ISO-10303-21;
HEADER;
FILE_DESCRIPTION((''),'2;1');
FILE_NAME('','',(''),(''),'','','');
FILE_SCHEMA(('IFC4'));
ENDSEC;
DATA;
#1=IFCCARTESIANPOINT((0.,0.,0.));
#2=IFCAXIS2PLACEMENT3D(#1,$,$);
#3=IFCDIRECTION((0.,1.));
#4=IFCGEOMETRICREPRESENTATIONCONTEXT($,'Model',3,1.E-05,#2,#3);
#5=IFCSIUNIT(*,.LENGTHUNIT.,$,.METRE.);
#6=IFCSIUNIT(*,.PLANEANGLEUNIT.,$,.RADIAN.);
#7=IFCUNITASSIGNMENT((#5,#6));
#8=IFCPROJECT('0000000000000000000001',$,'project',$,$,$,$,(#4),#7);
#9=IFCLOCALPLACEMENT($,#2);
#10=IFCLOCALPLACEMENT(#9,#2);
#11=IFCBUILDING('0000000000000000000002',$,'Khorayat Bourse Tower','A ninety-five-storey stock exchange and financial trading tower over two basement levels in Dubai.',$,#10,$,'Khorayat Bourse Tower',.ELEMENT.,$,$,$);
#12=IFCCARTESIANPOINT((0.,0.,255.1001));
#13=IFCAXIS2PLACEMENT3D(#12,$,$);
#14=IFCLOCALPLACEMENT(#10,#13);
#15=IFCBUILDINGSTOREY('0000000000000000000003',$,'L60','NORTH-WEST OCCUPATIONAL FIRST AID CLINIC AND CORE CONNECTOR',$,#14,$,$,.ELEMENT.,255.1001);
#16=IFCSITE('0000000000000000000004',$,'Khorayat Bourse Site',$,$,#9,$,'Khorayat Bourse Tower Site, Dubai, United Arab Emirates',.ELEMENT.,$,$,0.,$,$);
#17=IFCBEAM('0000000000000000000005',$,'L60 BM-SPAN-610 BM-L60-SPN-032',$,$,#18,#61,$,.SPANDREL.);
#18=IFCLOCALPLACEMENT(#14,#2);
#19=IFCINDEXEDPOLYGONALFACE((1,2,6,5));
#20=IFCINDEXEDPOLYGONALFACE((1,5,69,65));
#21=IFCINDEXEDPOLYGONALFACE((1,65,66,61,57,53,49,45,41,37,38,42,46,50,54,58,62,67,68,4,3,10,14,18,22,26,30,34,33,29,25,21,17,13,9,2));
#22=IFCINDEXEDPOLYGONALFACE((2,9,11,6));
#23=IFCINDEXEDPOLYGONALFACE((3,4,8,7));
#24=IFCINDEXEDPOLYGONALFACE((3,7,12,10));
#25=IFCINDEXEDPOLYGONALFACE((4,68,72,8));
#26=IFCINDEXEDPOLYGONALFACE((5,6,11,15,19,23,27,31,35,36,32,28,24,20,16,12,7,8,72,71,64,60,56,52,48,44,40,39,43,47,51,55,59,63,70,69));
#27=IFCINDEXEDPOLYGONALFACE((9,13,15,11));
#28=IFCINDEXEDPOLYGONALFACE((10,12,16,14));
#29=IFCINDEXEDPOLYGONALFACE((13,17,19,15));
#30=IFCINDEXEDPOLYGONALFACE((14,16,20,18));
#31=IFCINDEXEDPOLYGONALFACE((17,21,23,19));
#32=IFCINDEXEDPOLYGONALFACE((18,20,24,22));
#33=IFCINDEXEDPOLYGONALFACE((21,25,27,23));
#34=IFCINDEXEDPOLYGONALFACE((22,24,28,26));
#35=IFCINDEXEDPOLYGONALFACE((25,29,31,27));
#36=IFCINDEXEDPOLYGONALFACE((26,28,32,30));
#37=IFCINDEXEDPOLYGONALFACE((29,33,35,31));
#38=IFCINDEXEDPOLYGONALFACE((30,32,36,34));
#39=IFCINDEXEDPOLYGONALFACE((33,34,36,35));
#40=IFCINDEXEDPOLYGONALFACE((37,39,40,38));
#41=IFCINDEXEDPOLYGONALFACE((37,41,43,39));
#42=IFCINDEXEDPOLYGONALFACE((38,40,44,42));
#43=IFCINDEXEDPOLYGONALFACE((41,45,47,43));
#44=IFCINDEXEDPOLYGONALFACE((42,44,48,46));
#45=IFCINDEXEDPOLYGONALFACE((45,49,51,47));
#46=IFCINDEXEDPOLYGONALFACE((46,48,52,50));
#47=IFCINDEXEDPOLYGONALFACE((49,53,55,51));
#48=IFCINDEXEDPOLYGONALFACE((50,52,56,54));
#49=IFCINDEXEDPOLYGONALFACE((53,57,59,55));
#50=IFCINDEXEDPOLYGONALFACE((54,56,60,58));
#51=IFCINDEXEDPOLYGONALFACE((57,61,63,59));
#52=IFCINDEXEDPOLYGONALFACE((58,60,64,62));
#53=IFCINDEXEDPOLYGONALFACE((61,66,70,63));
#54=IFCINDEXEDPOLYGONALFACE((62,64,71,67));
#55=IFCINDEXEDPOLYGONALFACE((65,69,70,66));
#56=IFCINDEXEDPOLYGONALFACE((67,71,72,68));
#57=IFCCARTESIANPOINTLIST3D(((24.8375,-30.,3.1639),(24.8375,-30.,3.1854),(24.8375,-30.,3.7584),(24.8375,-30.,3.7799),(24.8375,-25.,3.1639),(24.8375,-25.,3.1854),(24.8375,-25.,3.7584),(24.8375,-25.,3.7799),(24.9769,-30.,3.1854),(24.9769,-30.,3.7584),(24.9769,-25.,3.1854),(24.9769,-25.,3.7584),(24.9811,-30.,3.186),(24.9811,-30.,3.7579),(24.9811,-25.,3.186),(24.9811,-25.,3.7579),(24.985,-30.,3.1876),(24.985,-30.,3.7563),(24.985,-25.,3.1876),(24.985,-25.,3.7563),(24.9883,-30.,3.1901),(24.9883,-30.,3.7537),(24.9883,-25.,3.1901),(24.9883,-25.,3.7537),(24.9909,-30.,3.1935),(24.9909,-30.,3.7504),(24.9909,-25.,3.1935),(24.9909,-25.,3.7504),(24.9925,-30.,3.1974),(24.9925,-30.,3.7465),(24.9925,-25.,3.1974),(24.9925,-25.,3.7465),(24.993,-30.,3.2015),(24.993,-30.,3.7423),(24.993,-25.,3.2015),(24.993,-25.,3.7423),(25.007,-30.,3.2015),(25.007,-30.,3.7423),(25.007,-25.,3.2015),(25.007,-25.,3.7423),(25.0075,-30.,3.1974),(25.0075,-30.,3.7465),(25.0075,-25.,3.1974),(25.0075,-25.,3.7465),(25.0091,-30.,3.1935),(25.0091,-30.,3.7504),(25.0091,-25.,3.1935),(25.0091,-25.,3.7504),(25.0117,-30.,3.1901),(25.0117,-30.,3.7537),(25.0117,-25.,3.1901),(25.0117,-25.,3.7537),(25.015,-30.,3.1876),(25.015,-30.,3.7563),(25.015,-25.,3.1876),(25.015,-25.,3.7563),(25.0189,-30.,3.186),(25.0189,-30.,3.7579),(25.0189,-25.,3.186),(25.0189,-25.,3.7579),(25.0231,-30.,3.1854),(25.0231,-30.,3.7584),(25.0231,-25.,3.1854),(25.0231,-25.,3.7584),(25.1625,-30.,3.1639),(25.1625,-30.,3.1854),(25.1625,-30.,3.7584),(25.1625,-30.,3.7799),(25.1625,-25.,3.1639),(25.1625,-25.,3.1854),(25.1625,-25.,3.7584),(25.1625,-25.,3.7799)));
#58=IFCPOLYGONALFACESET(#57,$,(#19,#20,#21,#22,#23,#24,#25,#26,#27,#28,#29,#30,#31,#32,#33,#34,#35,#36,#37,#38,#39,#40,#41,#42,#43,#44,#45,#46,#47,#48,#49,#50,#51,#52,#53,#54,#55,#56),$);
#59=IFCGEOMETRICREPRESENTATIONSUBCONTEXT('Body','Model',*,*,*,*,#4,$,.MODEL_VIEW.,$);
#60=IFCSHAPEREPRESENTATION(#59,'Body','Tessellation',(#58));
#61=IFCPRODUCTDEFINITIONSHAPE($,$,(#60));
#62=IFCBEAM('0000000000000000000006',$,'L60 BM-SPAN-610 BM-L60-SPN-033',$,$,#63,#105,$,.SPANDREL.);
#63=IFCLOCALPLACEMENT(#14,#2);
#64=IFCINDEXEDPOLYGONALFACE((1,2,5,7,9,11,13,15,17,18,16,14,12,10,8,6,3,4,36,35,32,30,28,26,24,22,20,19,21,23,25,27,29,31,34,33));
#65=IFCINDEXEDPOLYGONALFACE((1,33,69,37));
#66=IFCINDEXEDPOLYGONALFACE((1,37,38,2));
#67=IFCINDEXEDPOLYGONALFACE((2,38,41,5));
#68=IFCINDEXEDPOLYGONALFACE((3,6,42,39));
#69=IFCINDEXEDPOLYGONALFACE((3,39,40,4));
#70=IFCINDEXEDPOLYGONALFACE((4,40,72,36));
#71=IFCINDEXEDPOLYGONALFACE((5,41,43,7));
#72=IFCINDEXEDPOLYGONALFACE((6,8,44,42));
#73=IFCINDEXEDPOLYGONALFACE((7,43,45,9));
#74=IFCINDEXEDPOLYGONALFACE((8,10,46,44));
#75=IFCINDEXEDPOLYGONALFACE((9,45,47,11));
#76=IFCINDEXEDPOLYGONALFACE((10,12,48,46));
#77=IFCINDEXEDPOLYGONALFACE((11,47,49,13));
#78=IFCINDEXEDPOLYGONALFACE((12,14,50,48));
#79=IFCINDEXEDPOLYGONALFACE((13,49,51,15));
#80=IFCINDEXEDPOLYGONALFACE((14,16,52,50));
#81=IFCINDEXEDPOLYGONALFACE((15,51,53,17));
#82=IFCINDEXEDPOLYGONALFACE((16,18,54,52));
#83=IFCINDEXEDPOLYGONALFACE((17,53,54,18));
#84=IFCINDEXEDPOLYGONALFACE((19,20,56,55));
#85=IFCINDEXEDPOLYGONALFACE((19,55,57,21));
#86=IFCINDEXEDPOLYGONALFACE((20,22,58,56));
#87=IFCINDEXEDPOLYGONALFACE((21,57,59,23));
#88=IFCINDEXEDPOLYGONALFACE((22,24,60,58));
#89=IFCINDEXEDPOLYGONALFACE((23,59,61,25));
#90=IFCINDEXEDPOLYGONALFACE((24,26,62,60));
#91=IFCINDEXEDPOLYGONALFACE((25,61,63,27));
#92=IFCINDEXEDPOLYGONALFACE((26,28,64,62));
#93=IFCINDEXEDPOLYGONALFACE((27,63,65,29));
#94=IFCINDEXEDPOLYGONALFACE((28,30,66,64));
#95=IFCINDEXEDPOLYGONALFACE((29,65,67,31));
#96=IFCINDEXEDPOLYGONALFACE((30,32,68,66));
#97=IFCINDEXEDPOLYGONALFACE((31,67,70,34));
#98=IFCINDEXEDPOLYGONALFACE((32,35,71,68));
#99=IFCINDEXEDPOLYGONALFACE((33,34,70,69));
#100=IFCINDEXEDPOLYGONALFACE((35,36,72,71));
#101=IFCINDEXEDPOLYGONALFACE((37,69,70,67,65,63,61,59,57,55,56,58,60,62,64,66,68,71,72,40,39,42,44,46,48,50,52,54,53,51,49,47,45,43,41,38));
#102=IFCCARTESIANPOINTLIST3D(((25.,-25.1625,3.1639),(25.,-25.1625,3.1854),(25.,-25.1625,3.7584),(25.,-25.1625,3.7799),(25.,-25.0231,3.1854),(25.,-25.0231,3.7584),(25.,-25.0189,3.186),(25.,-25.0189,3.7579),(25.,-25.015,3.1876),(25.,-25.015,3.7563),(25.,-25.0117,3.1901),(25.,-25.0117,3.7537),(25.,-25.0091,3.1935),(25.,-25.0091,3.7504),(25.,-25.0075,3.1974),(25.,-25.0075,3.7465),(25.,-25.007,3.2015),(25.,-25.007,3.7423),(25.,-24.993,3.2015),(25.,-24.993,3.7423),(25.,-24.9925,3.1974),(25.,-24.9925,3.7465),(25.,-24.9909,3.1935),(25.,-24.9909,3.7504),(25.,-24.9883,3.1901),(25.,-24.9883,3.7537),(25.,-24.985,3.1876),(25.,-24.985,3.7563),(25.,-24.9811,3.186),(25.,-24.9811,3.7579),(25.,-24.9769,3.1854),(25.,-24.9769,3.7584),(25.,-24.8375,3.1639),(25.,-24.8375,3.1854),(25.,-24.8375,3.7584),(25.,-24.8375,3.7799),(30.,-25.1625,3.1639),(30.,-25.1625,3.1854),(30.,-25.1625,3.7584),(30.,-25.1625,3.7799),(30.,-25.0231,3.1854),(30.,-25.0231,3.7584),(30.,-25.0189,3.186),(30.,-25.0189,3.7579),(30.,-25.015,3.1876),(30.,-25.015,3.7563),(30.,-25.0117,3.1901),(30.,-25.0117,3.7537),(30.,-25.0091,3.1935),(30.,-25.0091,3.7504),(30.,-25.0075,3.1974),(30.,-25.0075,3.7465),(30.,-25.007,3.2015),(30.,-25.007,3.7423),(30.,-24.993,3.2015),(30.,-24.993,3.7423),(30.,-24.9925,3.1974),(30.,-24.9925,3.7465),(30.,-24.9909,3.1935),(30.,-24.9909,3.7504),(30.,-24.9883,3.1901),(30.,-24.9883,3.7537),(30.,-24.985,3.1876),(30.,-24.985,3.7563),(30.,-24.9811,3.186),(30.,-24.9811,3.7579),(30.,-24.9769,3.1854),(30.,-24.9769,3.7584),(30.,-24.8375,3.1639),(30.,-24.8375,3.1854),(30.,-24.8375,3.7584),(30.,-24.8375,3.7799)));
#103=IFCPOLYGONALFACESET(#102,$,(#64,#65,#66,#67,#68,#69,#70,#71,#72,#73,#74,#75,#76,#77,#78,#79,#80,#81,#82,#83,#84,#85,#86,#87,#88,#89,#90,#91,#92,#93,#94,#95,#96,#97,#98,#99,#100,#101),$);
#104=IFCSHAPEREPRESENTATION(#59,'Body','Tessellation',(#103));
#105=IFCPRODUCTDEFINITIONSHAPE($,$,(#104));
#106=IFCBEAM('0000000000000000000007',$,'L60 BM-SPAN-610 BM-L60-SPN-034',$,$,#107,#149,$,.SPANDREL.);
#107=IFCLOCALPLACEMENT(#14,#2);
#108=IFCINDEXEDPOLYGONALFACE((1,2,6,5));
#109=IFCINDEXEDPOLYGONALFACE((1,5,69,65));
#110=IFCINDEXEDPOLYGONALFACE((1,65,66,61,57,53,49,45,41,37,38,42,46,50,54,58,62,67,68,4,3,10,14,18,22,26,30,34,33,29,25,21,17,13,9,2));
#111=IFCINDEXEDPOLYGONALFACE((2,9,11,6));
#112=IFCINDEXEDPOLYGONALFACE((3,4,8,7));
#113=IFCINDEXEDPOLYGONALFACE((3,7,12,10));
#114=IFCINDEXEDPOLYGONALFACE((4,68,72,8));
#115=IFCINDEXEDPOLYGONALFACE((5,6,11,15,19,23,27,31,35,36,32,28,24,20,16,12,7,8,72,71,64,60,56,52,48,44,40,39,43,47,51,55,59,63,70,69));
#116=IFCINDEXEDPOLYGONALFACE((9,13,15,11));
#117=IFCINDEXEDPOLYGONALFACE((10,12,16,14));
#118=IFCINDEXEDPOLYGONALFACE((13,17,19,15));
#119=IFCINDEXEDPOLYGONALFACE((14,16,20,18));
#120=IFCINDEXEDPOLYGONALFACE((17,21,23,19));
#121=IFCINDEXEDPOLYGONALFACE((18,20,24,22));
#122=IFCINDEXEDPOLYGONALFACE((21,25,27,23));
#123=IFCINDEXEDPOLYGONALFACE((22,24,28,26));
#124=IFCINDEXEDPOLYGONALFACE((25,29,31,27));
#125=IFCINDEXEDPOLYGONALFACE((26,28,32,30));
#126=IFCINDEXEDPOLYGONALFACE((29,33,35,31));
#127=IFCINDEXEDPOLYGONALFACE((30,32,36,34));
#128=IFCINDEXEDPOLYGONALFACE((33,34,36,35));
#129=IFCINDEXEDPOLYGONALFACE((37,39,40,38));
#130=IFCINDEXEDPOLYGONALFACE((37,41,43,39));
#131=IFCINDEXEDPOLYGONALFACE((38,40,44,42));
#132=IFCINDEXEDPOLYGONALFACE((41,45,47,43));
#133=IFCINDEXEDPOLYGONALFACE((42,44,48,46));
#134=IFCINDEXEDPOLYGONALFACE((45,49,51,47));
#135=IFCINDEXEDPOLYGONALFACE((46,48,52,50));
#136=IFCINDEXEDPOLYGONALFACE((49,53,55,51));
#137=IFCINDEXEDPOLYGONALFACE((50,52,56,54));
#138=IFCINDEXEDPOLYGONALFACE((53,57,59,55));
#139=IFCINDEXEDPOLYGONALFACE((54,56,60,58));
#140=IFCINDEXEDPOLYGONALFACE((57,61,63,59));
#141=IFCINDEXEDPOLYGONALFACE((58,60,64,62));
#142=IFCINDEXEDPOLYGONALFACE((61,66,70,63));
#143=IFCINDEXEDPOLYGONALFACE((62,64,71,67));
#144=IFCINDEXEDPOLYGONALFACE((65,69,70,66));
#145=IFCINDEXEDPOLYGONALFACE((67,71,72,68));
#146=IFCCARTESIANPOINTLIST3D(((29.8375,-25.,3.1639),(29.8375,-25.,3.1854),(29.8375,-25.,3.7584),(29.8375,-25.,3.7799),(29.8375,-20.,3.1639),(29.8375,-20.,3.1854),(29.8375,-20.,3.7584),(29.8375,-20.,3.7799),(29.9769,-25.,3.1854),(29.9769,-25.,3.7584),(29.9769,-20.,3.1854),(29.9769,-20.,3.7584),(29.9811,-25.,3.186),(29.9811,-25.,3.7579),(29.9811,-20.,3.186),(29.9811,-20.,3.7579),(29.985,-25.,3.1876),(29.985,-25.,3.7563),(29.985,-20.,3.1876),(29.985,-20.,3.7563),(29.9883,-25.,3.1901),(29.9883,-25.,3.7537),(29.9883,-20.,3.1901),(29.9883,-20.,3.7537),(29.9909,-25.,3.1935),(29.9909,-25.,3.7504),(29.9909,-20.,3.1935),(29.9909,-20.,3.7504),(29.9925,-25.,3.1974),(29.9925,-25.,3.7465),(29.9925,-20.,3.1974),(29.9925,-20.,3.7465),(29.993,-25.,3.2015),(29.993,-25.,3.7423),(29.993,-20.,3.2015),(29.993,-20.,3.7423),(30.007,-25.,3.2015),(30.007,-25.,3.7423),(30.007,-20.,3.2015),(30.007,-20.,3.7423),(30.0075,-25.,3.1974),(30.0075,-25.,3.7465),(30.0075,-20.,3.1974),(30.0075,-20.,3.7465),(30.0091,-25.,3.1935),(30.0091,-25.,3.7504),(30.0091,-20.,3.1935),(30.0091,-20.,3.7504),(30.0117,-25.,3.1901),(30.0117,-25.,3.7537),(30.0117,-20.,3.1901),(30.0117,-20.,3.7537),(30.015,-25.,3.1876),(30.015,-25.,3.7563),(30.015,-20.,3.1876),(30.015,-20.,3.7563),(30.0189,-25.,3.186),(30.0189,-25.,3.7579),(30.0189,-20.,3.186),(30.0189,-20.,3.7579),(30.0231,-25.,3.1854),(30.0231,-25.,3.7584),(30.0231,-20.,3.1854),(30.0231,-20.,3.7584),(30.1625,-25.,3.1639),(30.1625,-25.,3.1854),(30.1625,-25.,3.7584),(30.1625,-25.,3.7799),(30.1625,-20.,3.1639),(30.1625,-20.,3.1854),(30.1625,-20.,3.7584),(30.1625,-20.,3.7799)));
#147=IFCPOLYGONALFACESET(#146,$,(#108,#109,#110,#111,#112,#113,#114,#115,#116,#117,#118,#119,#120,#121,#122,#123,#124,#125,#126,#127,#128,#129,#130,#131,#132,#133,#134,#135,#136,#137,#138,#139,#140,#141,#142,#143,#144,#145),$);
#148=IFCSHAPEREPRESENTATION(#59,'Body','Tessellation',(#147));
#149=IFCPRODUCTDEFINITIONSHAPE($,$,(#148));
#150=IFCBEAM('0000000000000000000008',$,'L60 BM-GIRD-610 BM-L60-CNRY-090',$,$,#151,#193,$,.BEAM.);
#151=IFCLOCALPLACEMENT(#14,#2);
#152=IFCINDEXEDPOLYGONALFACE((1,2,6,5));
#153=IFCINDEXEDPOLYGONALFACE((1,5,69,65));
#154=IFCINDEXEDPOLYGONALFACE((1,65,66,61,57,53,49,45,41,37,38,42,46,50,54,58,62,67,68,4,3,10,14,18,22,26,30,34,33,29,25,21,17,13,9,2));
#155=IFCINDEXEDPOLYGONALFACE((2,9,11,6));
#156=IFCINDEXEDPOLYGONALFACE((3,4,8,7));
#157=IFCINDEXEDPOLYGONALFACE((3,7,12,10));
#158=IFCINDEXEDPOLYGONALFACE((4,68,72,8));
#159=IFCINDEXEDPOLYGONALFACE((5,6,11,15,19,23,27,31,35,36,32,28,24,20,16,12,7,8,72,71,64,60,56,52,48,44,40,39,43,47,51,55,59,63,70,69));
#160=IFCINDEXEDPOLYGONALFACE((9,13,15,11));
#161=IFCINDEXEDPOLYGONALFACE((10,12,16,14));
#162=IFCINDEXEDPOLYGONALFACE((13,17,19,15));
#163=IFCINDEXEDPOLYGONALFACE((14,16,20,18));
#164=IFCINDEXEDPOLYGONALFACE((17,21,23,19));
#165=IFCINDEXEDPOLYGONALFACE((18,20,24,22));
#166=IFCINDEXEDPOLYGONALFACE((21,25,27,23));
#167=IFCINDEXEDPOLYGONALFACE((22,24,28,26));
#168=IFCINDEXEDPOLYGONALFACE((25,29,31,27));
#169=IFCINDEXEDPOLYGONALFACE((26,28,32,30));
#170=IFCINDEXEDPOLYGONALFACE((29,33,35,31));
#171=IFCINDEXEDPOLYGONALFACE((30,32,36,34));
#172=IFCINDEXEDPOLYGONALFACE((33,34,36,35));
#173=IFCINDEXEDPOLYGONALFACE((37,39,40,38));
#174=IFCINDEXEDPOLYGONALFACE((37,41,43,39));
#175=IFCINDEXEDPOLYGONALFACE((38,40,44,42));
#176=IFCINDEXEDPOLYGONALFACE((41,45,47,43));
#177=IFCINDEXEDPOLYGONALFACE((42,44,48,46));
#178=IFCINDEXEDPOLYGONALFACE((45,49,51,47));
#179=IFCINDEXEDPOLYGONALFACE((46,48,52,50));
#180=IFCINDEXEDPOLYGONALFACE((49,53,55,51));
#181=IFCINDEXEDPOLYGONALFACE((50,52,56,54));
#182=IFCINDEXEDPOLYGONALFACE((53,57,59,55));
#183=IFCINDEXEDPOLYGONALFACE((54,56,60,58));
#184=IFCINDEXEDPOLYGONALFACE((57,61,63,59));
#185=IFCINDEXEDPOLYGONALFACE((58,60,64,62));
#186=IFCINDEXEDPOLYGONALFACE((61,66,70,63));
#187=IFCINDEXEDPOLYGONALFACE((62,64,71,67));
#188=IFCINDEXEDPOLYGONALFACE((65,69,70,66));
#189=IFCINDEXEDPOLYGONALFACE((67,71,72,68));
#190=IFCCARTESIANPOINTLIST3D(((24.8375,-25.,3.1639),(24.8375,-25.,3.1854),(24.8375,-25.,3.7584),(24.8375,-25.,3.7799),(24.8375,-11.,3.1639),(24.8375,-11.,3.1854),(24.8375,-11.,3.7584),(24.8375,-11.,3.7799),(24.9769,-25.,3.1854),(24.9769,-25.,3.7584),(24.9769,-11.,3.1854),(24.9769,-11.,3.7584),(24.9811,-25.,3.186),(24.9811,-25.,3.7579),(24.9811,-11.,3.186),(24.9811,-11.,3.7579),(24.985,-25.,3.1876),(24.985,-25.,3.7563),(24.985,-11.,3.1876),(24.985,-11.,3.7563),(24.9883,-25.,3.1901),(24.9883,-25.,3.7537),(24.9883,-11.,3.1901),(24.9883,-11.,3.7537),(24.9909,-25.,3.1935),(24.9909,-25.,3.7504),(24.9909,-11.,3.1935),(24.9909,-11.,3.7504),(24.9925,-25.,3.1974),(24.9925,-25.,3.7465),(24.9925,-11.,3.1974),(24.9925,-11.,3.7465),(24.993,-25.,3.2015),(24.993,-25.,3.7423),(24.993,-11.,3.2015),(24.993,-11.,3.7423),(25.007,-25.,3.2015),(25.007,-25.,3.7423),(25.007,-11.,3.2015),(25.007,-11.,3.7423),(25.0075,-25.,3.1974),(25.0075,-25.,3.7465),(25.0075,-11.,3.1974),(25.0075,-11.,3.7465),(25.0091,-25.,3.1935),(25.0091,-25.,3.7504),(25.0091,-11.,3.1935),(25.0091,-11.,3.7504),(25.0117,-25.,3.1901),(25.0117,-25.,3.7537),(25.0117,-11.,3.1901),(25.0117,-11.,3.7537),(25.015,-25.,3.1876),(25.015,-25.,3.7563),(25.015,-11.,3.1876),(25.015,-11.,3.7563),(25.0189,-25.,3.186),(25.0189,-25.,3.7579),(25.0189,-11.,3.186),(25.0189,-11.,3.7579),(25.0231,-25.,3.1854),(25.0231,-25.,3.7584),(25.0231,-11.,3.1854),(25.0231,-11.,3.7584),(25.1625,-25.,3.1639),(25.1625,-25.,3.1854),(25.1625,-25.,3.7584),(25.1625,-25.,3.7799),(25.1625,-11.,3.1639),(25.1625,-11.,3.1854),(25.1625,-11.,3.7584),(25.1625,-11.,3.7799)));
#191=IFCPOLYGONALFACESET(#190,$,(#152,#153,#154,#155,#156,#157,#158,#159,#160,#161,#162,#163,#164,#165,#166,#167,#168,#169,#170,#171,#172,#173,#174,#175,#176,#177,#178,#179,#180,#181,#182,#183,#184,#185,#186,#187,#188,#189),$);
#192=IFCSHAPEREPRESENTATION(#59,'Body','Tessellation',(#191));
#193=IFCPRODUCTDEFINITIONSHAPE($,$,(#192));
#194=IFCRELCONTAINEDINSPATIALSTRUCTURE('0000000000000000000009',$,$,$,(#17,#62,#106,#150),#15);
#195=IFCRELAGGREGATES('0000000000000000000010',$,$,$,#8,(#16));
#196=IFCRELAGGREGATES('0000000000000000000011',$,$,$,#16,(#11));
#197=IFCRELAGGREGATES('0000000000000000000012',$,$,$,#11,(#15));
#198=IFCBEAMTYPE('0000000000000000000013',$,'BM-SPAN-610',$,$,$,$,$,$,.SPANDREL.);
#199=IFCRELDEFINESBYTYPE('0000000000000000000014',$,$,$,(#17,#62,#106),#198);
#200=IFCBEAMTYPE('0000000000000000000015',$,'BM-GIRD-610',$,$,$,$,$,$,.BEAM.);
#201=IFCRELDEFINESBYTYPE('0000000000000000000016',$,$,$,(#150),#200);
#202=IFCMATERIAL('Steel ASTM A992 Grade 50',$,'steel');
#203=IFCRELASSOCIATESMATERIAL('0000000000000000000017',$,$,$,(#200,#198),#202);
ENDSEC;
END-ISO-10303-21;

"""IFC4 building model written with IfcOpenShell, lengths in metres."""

from ifc_helpers import new_model, si_unit, direction, frame, origin, origin_2d, place, context, subcontext, project, spatial, i_section, extrude, source, transform, mapped, material, material_profile, profile_set, type_object, element, save


model = new_model("IFC4")

# Units and contexts
model_context = context("Model", 3, precision=1e-05, world=origin(), true_north=direction((0.0, 1.0)))
body_context = subcontext(model_context, "Body", "Model", "MODEL_VIEW")
ifc_project = project(units=[si_unit("LENGTHUNIT", "METRE"), si_unit("PLANEANGLEUNIT", "RADIAN")], contexts=[model_context])

# Site, building, storey
site_placement = place(None, origin())
site = spatial("IfcSite", under=ifc_project, at=site_placement, Name="Khorayat Bourse Site", LongName="Khorayat Bourse Tower Site, Dubai, United Arab Emirates", CompositionType="ELEMENT", RefElevation=0.0)
building_placement = place(site_placement, origin())
building = spatial("IfcBuilding", under=site, at=building_placement, Name="Khorayat Bourse Tower", Description="A ninety-five-storey stock exchange and financial trading tower over two basement levels in Dubai.", LongName="Khorayat Bourse Tower", CompositionType="ELEMENT")
storey_placement = place(building_placement, frame((0.0, 0.0, 255.1001)))
storey = spatial("IfcBuildingStorey", under=building, at=storey_placement, Name="L60", Description="NORTH-WEST OCCUPATIONAL FIRST AID CLINIC AND CORE CONNECTOR", CompositionType="ELEMENT", Elevation=255.1001)

# Beams
ifc_material_1 = material(Name="Steel ASTM A992 Grade 50", Category="steel")
ifc_material_profile_1 = material_profile(ifc_material_1, i_section(OverallWidth=0.325, OverallDepth=0.616, WebThickness=0.0139, FlangeThickness=0.0215, FilletRadius=0.0161, at=origin_2d()), Name="W610X174")
ifc_profile_set_1 = profile_set([ifc_material_profile_1], Name="Steel ASTM A992 Grade 50")
beam_type_1 = type_object("IfcBeamType", Name="BM-GIRD-610", PredefinedType="BEAM", material=ifc_profile_set_1)
ifc_material_profile_2 = material_profile(ifc_material_1, i_section(OverallWidth=0.325, OverallDepth=0.616, WebThickness=0.0139, FlangeThickness=0.0215, FilletRadius=0.0161, at=origin_2d()), Name="W610X174")
ifc_profile_set_2 = profile_set([ifc_material_profile_2], Name="Steel ASTM A992 Grade 50")
beam_type_2 = type_object("IfcBeamType", Name="BM-SPAN-610", PredefinedType="SPANDREL", material=ifc_profile_set_2)
shared_shape_1 = source(origin(), body_context, "Body", "SweptSolid", [
    extrude(i_section(OverallWidth=0.325, OverallDepth=0.616, WebThickness=0.0139, FlangeThickness=0.0215, FilletRadius=0.0161, at=origin_2d()), origin(), (0.0, 0.0, 1.0), 5.0),
])
for number, where, z_axis, x_axis, name in (
    (1, (25.0, -30.0, 3.4719), (0.0, 1.0, 0.0), (-1.0, 0.0, 0.0), "L60 BM-SPAN-610 BM-L60-SPN-032"),
    (2, (25.0, -25.0, 3.4719), (1.0, 0.0, 0.0), (0.0, 1.0, 0.0), "L60 BM-SPAN-610 BM-L60-SPN-033"),
    (3, (30.0, -25.0, 3.4719), (0.0, 1.0, 0.0), (-1.0, 0.0, 0.0), "L60 BM-SPAN-610 BM-L60-SPN-034"),
):
    element("IfcBeam", number, at=place(storey_placement, frame(where, z_axis=z_axis, x_axis=x_axis)), inside=storey, type_object=beam_type_2, Name=name, PredefinedType="SPANDREL", context=body_context, shape_type="MappedRepresentation", body=[
        mapped(shared_shape_1, transform((0.0, 0.0, 0.0), scale=1.0)),
    ])
shared_shape_2 = source(origin(), body_context, "Body", "SweptSolid", [
    extrude(i_section(OverallWidth=0.325, OverallDepth=0.616, WebThickness=0.0139, FlangeThickness=0.0215, FilletRadius=0.0161, at=origin_2d()), origin(), (0.0, 0.0, 1.0), 14.0),
])
beam_1_placement = place(storey_placement, frame((25.0, -25.0, 3.4719), z_axis=(0.0, 1.0, 0.0), x_axis=(-1.0, 0.0, 0.0)))
element("IfcBeam", 4, at=beam_1_placement, inside=storey, type_object=beam_type_1, Name="L60 BM-GIRD-610 BM-L60-CNRY-090", PredefinedType="BEAM", context=body_context, shape_type="MappedRepresentation", body=[
    mapped(shared_shape_2, transform((0.0, 0.0, 0.0), scale=1.0)),
])

save(model, "model.ifc")
